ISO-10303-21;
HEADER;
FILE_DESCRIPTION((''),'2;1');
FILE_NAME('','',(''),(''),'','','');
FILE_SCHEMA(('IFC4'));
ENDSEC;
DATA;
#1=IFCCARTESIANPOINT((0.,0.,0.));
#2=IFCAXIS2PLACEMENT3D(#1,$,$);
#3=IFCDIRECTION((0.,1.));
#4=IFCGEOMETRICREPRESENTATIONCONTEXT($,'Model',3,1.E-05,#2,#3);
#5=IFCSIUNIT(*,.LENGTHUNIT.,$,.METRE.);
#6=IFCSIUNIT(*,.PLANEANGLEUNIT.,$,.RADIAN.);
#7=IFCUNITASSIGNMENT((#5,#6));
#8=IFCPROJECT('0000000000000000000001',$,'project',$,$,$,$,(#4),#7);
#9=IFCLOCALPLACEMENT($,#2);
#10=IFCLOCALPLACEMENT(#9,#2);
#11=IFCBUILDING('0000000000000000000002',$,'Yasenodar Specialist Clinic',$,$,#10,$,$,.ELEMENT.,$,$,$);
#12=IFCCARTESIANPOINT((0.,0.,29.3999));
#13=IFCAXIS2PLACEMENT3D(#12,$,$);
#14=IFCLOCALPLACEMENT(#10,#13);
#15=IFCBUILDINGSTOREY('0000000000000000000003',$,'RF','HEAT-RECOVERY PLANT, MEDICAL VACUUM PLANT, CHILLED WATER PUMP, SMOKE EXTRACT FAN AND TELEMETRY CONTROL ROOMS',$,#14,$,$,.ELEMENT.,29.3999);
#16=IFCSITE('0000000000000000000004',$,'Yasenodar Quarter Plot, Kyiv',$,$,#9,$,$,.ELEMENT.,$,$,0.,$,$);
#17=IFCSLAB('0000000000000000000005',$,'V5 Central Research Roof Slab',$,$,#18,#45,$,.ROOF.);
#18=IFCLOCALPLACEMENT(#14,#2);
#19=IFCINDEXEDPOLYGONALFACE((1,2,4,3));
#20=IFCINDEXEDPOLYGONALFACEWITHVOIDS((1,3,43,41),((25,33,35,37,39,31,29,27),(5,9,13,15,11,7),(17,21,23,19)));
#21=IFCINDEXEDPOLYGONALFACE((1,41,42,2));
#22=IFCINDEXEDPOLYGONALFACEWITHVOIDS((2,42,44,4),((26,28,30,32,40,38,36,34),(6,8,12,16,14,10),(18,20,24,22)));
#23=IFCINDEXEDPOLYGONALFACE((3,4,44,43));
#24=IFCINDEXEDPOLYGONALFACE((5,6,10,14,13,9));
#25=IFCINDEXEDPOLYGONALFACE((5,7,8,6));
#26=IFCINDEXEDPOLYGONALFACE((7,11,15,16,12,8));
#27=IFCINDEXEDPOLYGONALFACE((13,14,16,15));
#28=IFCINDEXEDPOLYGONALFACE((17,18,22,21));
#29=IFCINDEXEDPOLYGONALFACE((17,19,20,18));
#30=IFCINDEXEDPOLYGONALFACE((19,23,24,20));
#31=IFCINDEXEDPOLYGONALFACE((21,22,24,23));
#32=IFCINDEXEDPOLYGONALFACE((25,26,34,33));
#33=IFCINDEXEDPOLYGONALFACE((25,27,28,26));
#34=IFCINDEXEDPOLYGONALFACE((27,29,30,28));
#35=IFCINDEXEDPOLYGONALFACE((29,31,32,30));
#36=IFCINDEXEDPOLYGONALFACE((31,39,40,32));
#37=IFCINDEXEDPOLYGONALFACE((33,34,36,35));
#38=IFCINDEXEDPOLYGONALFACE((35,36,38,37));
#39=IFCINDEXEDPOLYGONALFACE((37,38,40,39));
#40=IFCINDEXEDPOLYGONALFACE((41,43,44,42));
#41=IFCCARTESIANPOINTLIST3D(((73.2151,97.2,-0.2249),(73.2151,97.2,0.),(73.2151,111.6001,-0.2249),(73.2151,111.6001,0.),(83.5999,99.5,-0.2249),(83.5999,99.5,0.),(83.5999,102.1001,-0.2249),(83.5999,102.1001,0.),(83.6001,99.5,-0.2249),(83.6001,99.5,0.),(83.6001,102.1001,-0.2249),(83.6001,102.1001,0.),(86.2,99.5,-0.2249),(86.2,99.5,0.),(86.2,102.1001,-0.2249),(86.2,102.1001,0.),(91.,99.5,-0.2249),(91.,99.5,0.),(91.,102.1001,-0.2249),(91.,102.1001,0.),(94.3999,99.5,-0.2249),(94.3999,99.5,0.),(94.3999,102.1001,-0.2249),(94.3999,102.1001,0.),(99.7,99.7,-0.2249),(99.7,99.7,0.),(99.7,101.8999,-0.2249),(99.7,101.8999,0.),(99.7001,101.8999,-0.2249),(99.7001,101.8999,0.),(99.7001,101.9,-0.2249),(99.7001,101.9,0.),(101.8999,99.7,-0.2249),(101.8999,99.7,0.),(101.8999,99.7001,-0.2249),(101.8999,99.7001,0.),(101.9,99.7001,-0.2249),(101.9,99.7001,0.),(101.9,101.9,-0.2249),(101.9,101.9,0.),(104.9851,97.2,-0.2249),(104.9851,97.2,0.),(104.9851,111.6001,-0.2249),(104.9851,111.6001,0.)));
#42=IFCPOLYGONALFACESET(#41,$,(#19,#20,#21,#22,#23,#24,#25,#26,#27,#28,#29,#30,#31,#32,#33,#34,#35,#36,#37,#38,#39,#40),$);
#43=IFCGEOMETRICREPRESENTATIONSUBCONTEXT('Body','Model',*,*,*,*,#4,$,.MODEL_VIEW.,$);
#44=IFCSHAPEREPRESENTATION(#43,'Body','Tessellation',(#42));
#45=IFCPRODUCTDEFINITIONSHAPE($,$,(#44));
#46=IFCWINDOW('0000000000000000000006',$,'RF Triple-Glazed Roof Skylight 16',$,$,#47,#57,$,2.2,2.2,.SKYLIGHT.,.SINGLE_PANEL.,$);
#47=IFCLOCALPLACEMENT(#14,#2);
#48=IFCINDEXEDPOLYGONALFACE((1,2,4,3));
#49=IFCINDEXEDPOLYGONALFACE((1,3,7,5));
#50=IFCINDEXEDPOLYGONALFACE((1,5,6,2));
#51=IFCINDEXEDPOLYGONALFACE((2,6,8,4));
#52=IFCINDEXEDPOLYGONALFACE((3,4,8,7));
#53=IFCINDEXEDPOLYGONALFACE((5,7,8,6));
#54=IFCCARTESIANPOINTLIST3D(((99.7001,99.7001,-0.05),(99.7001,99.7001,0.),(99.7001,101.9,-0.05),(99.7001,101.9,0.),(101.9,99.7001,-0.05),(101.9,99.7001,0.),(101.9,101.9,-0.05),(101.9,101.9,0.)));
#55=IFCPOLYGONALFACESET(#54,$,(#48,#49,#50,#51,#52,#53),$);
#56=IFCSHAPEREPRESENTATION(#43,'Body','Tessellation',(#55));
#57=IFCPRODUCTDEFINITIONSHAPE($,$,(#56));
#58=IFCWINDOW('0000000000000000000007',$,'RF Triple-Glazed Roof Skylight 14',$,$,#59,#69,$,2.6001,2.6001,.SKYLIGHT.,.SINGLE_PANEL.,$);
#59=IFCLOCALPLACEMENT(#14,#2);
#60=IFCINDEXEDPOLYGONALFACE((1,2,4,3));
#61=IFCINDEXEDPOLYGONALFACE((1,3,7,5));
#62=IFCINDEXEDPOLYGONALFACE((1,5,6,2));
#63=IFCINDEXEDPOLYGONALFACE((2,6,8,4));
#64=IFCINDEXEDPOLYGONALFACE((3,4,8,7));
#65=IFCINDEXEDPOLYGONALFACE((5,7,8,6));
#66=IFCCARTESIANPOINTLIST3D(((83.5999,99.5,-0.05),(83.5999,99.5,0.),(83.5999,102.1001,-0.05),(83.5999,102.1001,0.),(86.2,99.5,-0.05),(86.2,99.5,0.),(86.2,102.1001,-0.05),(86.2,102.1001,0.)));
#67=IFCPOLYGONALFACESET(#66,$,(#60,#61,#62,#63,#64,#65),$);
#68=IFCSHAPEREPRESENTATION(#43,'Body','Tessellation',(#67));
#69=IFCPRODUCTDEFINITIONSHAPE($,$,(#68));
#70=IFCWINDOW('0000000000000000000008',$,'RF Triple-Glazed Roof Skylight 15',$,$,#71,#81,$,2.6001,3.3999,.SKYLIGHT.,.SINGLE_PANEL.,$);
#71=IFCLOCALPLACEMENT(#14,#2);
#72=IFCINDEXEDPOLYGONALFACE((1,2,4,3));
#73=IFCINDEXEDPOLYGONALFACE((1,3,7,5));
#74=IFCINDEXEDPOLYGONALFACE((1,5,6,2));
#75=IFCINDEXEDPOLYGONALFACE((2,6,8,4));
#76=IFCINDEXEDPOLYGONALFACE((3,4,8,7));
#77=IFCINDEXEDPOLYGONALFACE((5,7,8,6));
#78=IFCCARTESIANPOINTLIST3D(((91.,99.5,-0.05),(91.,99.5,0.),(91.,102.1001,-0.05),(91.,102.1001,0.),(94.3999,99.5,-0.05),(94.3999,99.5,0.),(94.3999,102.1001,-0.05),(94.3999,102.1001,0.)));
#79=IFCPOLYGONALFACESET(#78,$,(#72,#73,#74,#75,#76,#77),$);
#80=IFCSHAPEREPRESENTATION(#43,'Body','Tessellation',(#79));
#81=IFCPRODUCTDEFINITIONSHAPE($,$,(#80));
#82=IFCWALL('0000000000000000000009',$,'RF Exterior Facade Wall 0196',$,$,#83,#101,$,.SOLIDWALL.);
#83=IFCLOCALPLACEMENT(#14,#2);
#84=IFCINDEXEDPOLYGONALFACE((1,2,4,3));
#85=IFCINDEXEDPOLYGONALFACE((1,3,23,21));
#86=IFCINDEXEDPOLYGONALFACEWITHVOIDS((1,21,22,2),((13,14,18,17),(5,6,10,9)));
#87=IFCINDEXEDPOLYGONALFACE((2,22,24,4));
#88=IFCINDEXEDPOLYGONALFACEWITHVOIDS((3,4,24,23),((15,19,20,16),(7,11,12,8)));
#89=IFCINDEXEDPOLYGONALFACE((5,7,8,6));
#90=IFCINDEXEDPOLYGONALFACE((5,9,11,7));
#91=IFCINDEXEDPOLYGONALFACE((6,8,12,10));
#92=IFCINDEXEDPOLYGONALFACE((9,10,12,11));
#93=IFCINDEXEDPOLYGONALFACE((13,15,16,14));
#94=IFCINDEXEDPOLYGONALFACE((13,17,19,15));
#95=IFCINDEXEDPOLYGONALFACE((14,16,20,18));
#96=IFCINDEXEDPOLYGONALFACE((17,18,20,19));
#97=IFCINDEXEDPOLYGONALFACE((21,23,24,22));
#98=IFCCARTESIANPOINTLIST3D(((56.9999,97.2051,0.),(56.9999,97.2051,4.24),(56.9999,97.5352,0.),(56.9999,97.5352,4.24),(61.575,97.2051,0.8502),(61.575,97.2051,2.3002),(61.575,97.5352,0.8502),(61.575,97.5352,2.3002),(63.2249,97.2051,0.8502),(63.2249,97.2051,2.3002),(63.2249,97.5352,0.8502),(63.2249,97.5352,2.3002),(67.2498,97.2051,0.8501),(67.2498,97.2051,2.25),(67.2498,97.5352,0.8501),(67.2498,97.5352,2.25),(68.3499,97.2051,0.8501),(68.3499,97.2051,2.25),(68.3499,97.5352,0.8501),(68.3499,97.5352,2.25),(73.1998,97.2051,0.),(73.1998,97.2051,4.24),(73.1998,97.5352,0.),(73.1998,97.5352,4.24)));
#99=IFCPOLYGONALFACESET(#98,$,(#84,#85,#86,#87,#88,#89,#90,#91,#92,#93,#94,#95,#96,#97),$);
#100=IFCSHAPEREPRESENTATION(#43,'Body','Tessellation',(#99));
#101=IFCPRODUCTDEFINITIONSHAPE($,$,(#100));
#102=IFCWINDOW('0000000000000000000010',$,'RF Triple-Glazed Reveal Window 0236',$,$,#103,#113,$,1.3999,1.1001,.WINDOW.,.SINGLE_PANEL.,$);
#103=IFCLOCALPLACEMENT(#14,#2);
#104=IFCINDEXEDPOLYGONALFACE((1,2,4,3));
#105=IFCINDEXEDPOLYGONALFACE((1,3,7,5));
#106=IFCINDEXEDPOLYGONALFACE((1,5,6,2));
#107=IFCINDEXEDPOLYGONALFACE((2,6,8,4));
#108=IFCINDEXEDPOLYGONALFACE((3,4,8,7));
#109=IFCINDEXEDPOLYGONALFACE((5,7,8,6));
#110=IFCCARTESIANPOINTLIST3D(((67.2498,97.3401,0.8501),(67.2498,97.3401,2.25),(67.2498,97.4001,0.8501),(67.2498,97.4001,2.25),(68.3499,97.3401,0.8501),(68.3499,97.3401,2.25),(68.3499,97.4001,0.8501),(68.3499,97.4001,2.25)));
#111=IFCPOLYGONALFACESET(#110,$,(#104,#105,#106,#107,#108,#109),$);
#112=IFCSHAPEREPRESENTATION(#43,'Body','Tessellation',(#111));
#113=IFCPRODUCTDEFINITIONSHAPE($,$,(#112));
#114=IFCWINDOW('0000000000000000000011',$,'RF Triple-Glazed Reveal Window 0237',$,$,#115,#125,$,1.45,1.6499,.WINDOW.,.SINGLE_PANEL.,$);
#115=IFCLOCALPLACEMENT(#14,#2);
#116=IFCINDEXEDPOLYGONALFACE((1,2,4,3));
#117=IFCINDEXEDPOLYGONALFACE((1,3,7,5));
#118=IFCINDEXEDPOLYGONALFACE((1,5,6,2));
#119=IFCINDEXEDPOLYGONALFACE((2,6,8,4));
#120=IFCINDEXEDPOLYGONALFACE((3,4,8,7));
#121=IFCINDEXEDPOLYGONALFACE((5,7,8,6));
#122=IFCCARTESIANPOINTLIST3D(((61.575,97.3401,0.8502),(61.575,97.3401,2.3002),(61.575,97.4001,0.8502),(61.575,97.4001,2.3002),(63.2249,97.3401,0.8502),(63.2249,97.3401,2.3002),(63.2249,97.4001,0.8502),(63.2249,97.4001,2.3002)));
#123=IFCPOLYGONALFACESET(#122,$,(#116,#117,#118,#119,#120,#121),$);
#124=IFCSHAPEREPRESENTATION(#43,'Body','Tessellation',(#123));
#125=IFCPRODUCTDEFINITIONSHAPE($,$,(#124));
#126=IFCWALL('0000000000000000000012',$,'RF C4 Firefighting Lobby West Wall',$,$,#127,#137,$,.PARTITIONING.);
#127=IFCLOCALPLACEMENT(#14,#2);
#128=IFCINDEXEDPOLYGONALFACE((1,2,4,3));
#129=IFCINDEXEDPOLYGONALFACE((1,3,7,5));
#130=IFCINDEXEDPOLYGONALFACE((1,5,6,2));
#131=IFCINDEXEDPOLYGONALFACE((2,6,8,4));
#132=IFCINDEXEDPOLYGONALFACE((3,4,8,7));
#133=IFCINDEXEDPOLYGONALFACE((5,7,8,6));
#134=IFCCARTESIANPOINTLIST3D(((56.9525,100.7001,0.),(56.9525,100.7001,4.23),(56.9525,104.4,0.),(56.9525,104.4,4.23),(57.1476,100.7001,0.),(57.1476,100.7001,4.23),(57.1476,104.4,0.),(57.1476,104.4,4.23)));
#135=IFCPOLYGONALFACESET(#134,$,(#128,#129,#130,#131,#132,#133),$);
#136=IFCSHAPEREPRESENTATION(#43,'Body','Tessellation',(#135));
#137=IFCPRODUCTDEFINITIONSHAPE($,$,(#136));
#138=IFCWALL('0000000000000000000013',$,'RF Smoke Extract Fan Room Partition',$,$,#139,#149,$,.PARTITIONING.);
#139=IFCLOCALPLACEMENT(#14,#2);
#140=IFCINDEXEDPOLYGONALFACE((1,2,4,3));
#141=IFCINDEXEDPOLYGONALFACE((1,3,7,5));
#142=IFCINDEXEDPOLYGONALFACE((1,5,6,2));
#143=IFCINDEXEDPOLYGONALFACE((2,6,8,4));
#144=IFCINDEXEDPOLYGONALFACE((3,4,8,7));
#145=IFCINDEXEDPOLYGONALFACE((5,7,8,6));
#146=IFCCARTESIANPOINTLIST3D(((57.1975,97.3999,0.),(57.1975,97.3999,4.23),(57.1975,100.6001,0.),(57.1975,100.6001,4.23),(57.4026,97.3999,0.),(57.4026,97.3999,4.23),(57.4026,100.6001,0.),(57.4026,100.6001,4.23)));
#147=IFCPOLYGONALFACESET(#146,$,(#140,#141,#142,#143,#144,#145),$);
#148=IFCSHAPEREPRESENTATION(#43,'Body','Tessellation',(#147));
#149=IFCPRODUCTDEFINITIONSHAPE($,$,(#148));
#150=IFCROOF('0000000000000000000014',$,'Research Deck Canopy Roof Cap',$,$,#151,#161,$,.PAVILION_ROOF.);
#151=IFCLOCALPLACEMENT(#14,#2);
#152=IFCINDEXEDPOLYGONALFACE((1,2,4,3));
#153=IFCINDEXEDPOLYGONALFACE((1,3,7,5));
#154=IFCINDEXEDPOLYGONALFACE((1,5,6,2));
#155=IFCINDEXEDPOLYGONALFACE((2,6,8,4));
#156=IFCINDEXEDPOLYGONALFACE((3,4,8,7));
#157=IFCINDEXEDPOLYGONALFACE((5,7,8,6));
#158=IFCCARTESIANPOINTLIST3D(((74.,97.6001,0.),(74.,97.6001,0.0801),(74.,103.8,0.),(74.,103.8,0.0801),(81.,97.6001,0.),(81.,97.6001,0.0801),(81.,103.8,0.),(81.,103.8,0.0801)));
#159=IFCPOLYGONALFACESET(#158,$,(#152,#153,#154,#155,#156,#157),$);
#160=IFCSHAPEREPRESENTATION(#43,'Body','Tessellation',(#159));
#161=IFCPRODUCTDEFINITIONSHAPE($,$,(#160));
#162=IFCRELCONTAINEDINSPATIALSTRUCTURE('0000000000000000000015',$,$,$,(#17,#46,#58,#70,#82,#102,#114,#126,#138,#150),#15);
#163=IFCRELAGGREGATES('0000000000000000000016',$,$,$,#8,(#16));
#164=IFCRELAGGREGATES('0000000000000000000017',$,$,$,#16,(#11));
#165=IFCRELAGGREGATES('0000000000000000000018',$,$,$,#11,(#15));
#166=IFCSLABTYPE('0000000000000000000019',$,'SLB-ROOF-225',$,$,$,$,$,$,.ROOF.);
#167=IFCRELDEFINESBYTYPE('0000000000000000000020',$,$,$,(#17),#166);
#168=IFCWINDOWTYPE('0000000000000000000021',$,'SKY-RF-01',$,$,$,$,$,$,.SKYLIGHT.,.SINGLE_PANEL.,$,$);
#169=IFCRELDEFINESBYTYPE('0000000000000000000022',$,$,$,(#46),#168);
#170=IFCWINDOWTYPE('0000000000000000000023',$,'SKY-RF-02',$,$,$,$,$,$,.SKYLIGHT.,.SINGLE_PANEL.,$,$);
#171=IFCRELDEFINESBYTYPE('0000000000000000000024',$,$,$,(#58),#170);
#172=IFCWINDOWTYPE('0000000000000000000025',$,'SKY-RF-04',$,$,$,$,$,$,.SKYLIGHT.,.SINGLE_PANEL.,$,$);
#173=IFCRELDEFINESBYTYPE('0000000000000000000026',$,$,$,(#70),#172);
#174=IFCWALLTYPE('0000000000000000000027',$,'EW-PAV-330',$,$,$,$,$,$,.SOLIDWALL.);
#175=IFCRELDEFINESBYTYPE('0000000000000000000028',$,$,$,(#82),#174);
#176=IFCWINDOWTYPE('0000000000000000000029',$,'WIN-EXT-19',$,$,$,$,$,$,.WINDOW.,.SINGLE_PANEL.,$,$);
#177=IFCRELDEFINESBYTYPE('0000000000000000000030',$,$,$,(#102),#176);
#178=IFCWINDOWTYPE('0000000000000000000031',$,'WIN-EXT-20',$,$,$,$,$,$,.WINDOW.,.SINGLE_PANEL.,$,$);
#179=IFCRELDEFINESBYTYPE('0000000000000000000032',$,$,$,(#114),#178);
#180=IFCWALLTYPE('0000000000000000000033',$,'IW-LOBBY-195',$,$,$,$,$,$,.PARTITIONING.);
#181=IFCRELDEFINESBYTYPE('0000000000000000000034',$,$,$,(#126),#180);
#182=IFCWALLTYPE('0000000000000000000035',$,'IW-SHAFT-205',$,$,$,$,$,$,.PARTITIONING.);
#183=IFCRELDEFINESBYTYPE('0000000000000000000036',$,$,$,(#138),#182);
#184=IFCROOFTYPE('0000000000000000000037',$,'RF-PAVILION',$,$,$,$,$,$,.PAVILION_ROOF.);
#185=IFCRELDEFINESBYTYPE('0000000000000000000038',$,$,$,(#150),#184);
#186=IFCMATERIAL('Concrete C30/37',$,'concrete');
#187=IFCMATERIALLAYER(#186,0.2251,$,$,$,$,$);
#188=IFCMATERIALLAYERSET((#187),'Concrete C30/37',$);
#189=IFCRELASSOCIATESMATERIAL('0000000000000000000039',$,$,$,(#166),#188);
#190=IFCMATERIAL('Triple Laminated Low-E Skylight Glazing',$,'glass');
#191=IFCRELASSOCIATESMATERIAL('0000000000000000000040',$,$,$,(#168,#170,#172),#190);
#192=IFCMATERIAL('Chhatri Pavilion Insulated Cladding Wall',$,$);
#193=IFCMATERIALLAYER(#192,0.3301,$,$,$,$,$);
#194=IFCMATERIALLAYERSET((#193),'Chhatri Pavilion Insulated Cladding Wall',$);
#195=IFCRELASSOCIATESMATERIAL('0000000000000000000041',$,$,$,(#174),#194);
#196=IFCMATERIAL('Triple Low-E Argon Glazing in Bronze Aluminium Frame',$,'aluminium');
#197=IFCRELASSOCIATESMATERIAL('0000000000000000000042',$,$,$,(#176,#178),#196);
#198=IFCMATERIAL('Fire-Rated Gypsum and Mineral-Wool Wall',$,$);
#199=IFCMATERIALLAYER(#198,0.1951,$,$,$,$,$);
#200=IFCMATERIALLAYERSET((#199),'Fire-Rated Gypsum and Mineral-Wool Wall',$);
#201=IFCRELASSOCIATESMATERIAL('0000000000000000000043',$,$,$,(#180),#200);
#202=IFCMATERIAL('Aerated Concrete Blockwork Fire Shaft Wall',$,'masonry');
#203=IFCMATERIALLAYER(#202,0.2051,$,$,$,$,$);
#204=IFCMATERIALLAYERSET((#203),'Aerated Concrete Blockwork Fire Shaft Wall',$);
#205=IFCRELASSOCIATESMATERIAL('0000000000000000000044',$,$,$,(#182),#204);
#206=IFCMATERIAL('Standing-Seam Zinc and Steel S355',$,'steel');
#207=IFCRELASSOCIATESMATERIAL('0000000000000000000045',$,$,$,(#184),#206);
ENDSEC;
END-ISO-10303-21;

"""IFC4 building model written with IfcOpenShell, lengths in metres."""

from ifc_helpers import new_model, si_unit, direction, frame, frame_2d, origin, origin_2d, place, context, subcontext, project, spatial, polyline, rectangle, outline, extrude, material, layer, layer_set, type_object, element, fill, save


model = new_model("IFC4")

# Units and contexts
model_context = context("Model", 3, precision=1e-05, world=origin(), true_north=direction((0.0, 1.0)))
body_context = subcontext(model_context, "Body", "Model", "MODEL_VIEW")
ifc_project = project(units=[si_unit("LENGTHUNIT", "METRE"), si_unit("PLANEANGLEUNIT", "RADIAN")], contexts=[model_context])

# Site, building, storey
site_placement = place(None, origin())
site = spatial("IfcSite", under=ifc_project, at=site_placement, Name="Yasenodar Quarter Plot, Kyiv", CompositionType="ELEMENT", RefElevation=0.0)
building_placement = place(site_placement, origin())
building = spatial("IfcBuilding", under=site, at=building_placement, Name="Yasenodar Specialist Clinic", CompositionType="ELEMENT")
storey_placement = place(building_placement, frame((0.0, 0.0, 29.3999)))
storey = spatial("IfcBuildingStorey", under=building, at=storey_placement, Name="RF", Description="HEAT-RECOVERY PLANT, MEDICAL VACUUM PLANT, CHILLED WATER PUMP, SMOKE EXTRACT FAN AND TELEMETRY CONTROL ROOMS", CompositionType="ELEMENT", Elevation=29.3999)

# Shared definitions
ifc_material_1 = material(Name="Concrete C30/37", Category="concrete")

# Slab, openings, windows
ifc_layer_1 = layer(ifc_material_1, 0.2251)
ifc_layer_set_1 = layer_set([ifc_layer_1], Name="Concrete C30/37")
slab_type_1 = type_object("IfcSlabType", Name="SLB-ROOF-225", PredefinedType="ROOF", material=ifc_layer_set_1)
slab_1_placement = place(storey_placement, frame((0.0, 0.0, -0.2249)))
slab_1 = element("IfcSlab", 1, at=slab_1_placement, inside=storey, type_object=slab_type_1, Name="V5 Central Research Roof Slab", PredefinedType="ROOF", context=body_context, shape_type="SweptSolid", body=[
    extrude(outline(polyline([(73.2151, 97.2), (73.2151, 111.6001), (104.9851, 111.6001), (104.9851, 97.2), (73.2151, 97.2)]), holes=[polyline([(86.2, 99.5), (86.2, 102.1001), (83.6001, 102.1001), (83.6001, 99.5), (86.2, 99.5)]), polyline([(94.3999, 99.5), (94.3999, 102.1001), (91.0, 102.1001), (91.0, 99.5), (94.3999, 99.5)]), polyline([(101.8999, 99.7), (101.8999, 101.8999), (99.7, 101.8999), (99.7, 99.7), (101.8999, 99.7)])]), origin(), (0.0, 0.0, 1.0), 0.2249),
])
opening_1_placement = place(slab_1_placement, frame((84.8999, 100.8, -0.01)))
opening_1 = element("IfcOpeningElement", 2, at=opening_1_placement, cuts=slab_1, PredefinedType="OPENING", context=body_context, shape_type="SweptSolid", body=[
    extrude(rectangle(XDim=2.6001, YDim=2.6001, at=origin_2d()), origin(), (0.0, 0.0, 1.0), 0.2449),
])
opening_2_placement = place(slab_1_placement, frame((92.7, 100.8, -0.01)))
opening_2 = element("IfcOpeningElement", 3, at=opening_2_placement, cuts=slab_1, PredefinedType="OPENING", context=body_context, shape_type="SweptSolid", body=[
    extrude(rectangle(XDim=3.3999, YDim=2.6001, at=origin_2d()), origin(), (0.0, 0.0, 1.0), 0.2449),
])
opening_3_placement = place(slab_1_placement, frame((100.8, 100.8, -0.01)))
opening_3 = element("IfcOpeningElement", 4, at=opening_3_placement, cuts=slab_1, PredefinedType="OPENING", context=body_context, shape_type="SweptSolid", body=[
    extrude(rectangle(XDim=2.2, YDim=2.2, at=origin_2d()), origin(), (0.0, 0.0, 1.0), 0.2449),
])
ifc_material_2 = material(Name="Triple Laminated Low-E Skylight Glazing", Category="glass")
window_type_1 = type_object("IfcWindowType", Name="SKY-RF-01", PartitioningType="SINGLE_PANEL", PredefinedType="SKYLIGHT", material=ifc_material_2)
window_1_placement = place(slab_1_placement, frame((100.8, 100.8, 0.1748)))
window_1 = element("IfcWindow", 5, at=window_1_placement, inside=storey, type_object=window_type_1, Name="RF Triple-Glazed Roof Skylight 16", OverallHeight=2.2, OverallWidth=2.2, PartitioningType="SINGLE_PANEL", PredefinedType="SKYLIGHT", context=body_context, shape_type="SweptSolid", body=[
    extrude(rectangle(XDim=2.2, YDim=2.2, at=origin_2d()), origin(), (0.0, 0.0, 1.0), 0.05),
])
fill(opening_3, window_1)
window_type_2 = type_object("IfcWindowType", Name="SKY-RF-02", PartitioningType="SINGLE_PANEL", PredefinedType="SKYLIGHT", material=ifc_material_2)
window_2_placement = place(slab_1_placement, frame((84.8999, 100.8, 0.1748)))
window_2 = element("IfcWindow", 6, at=window_2_placement, inside=storey, type_object=window_type_2, Name="RF Triple-Glazed Roof Skylight 14", OverallHeight=2.6001, OverallWidth=2.6001, PartitioningType="SINGLE_PANEL", PredefinedType="SKYLIGHT", context=body_context, shape_type="SweptSolid", body=[
    extrude(rectangle(XDim=2.6001, YDim=2.6001, at=origin_2d()), origin(), (0.0, 0.0, 1.0), 0.05),
])
fill(opening_1, window_2)
window_type_3 = type_object("IfcWindowType", Name="SKY-RF-04", PartitioningType="SINGLE_PANEL", PredefinedType="SKYLIGHT", material=ifc_material_2)
window_3_placement = place(slab_1_placement, frame((92.7, 100.8, 0.1748)))
window_3 = element("IfcWindow", 7, at=window_3_placement, inside=storey, type_object=window_type_3, Name="RF Triple-Glazed Roof Skylight 15", OverallHeight=2.6001, OverallWidth=3.3999, PartitioningType="SINGLE_PANEL", PredefinedType="SKYLIGHT", context=body_context, shape_type="SweptSolid", body=[
    extrude(rectangle(XDim=3.3999, YDim=2.6001, at=origin_2d()), origin(), (0.0, 0.0, 1.0), 0.05),
])
fill(opening_2, window_3)

# Wall, openings, windows
ifc_material_3 = material(Name="Chhatri Pavilion Insulated Cladding Wall")
ifc_layer_2 = layer(ifc_material_3, 0.3301)
ifc_layer_set_2 = layer_set([ifc_layer_2], Name="Chhatri Pavilion Insulated Cladding Wall")
wall_type_1 = type_object("IfcWallType", Name="EW-PAV-330", PredefinedType="SOLIDWALL", material=ifc_layer_set_2)
wall_1_placement = place(storey_placement, frame((73.2, 97.3701, 0.0), z_axis=(0.0, 0.0, 1.0), x_axis=(-1.0, 0.0, 0.0)))
wall_1 = element("IfcWall", 8, at=wall_1_placement, inside=storey, type_object=wall_type_1, Name="RF Exterior Facade Wall 0196", PredefinedType="SOLIDWALL", context=body_context, shape_type="SweptSolid", body=[
    extrude(rectangle(XDim=16.2, YDim=0.3301, at=frame_2d((8.1001, 0.0))), origin(), (0.0, 0.0, 1.0), 4.24),
])
opening_4_placement = place(wall_1_placement, frame((4.8501, 0.0, 0.8501)))
opening_4 = element("IfcOpeningElement", 9, at=opening_4_placement, cuts=wall_1, PredefinedType="OPENING", context=body_context, shape_type="SweptSolid", body=[
    extrude(rectangle(XDim=1.1001, YDim=1.3999, at=frame_2d((0.55, 0.7))), frame((0.0, 0.175, 0.0), z_axis=(0.0, -1.0, 0.0), x_axis=(1.0, 0.0, 0.0)), (0.0, 0.0, 1.0), 0.3501),
])
opening_5_placement = place(wall_1_placement, frame((9.9751, 0.0, 0.8501)))
opening_5 = element("IfcOpeningElement", 10, at=opening_5_placement, cuts=wall_1, PredefinedType="OPENING", context=body_context, shape_type="SweptSolid", body=[
    extrude(rectangle(XDim=1.6499, YDim=1.45, at=frame_2d((0.825, 0.7251))), frame((0.0, 0.175, 0.0), z_axis=(0.0, -1.0, 0.0), x_axis=(1.0, 0.0, 0.0)), (0.0, 0.0, 1.0), 0.3501),
])
ifc_material_4 = material(Name="Triple Low-E Argon Glazing in Bronze Aluminium Frame", Category="aluminium")
window_type_4 = type_object("IfcWindowType", Name="WIN-EXT-19", PartitioningType="SINGLE_PANEL", PredefinedType="WINDOW", material=ifc_material_4)
window_4_placement = place(opening_4_placement, origin())
window_4 = element("IfcWindow", 11, at=window_4_placement, inside=storey, type_object=window_type_4, Name="RF Triple-Glazed Reveal Window 0236", OverallHeight=1.3999, OverallWidth=1.1001, PartitioningType="SINGLE_PANEL", PredefinedType="WINDOW", context=body_context, shape_type="SweptSolid", body=[
    extrude(rectangle(XDim=1.1001, YDim=1.3999, at=frame_2d((0.55, 0.7))), frame((0.0, 0.03, 0.0), z_axis=(0.0, -1.0, 0.0), x_axis=(1.0, 0.0, 0.0)), (0.0, 0.0, 1.0), 0.0601),
])
fill(opening_4, window_4)
window_type_5 = type_object("IfcWindowType", Name="WIN-EXT-20", PartitioningType="SINGLE_PANEL", PredefinedType="WINDOW", material=ifc_material_4)
window_5_placement = place(opening_5_placement, origin())
window_5 = element("IfcWindow", 12, at=window_5_placement, inside=storey, type_object=window_type_5, Name="RF Triple-Glazed Reveal Window 0237", OverallHeight=1.45, OverallWidth=1.6499, PartitioningType="SINGLE_PANEL", PredefinedType="WINDOW", context=body_context, shape_type="SweptSolid", body=[
    extrude(rectangle(XDim=1.6499, YDim=1.45, at=frame_2d((0.825, 0.7251))), frame((0.0, 0.03, 0.0), z_axis=(0.0, -1.0, 0.0), x_axis=(1.0, 0.0, 0.0)), (0.0, 0.0, 1.0), 0.0601),
])
fill(opening_5, window_5)

# Shared definitions
ifc_material_5 = material(Name="Fire-Rated Gypsum and Mineral-Wool Wall")
ifc_layer_3 = layer(ifc_material_5, 0.1951)
ifc_layer_set_3 = layer_set([ifc_layer_3], Name="Fire-Rated Gypsum and Mineral-Wool Wall")
wall_type_2 = type_object("IfcWallType", Name="IW-LOBBY-195", PredefinedType="PARTITIONING", material=ifc_layer_set_3)

# Wall
wall_2_placement = place(storey_placement, frame((57.05, 100.7, 0.0), z_axis=(0.0, 0.0, 1.0), x_axis=(0.0, 1.0, 0.0)))
element("IfcWall", 13, at=wall_2_placement, inside=storey, type_object=wall_type_2, Name="RF C4 Firefighting Lobby West Wall", PredefinedType="PARTITIONING", context=body_context, shape_type="SweptSolid", body=[
    extrude(rectangle(XDim=3.7, YDim=0.1951, at=frame_2d((1.8501, 0.0))), origin(), (0.0, 0.0, 1.0), 4.23),
])

# Shared definitions
ifc_material_6 = material(Name="Aerated Concrete Blockwork Fire Shaft Wall", Category="masonry")
ifc_layer_4 = layer(ifc_material_6, 0.2051)
ifc_layer_set_4 = layer_set([ifc_layer_4], Name="Aerated Concrete Blockwork Fire Shaft Wall")
wall_type_3 = type_object("IfcWallType", Name="IW-SHAFT-205", PredefinedType="PARTITIONING", material=ifc_layer_set_4)

# Wall
wall_3_placement = place(storey_placement, frame((57.3, 97.3999, 0.0), z_axis=(0.0, 0.0, 1.0), x_axis=(0.0, 1.0, 0.0)))
element("IfcWall", 14, at=wall_3_placement, inside=storey, type_object=wall_type_3, Name="RF Smoke Extract Fan Room Partition", PredefinedType="PARTITIONING", context=body_context, shape_type="SweptSolid", body=[
    extrude(rectangle(XDim=3.2002, YDim=0.2051, at=frame_2d((1.6001, 0.0))), origin(), (0.0, 0.0, 1.0), 4.23),
])

# Roof
ifc_material_7 = material(Name="Standing-Seam Zinc and Steel S355", Category="steel")
roof_type = type_object("IfcRoofType", Name="RF-PAVILION", PredefinedType="PAVILION_ROOF", material=ifc_material_7)
roof_placement = place(storey_placement, origin())
element("IfcRoof", 15, at=roof_placement, inside=storey, type_object=roof_type, Name="Research Deck Canopy Roof Cap", PredefinedType="PAVILION_ROOF", context=body_context, shape_type="SweptSolid", body=[
    extrude(outline(polyline([(74.0, 97.6001), (81.0, 97.6001), (81.0, 103.8), (74.0, 103.8), (74.0, 97.6001)])), origin(), (0.0, 0.0, 1.0), 0.0801),
])

save(model, "model.ifc")
